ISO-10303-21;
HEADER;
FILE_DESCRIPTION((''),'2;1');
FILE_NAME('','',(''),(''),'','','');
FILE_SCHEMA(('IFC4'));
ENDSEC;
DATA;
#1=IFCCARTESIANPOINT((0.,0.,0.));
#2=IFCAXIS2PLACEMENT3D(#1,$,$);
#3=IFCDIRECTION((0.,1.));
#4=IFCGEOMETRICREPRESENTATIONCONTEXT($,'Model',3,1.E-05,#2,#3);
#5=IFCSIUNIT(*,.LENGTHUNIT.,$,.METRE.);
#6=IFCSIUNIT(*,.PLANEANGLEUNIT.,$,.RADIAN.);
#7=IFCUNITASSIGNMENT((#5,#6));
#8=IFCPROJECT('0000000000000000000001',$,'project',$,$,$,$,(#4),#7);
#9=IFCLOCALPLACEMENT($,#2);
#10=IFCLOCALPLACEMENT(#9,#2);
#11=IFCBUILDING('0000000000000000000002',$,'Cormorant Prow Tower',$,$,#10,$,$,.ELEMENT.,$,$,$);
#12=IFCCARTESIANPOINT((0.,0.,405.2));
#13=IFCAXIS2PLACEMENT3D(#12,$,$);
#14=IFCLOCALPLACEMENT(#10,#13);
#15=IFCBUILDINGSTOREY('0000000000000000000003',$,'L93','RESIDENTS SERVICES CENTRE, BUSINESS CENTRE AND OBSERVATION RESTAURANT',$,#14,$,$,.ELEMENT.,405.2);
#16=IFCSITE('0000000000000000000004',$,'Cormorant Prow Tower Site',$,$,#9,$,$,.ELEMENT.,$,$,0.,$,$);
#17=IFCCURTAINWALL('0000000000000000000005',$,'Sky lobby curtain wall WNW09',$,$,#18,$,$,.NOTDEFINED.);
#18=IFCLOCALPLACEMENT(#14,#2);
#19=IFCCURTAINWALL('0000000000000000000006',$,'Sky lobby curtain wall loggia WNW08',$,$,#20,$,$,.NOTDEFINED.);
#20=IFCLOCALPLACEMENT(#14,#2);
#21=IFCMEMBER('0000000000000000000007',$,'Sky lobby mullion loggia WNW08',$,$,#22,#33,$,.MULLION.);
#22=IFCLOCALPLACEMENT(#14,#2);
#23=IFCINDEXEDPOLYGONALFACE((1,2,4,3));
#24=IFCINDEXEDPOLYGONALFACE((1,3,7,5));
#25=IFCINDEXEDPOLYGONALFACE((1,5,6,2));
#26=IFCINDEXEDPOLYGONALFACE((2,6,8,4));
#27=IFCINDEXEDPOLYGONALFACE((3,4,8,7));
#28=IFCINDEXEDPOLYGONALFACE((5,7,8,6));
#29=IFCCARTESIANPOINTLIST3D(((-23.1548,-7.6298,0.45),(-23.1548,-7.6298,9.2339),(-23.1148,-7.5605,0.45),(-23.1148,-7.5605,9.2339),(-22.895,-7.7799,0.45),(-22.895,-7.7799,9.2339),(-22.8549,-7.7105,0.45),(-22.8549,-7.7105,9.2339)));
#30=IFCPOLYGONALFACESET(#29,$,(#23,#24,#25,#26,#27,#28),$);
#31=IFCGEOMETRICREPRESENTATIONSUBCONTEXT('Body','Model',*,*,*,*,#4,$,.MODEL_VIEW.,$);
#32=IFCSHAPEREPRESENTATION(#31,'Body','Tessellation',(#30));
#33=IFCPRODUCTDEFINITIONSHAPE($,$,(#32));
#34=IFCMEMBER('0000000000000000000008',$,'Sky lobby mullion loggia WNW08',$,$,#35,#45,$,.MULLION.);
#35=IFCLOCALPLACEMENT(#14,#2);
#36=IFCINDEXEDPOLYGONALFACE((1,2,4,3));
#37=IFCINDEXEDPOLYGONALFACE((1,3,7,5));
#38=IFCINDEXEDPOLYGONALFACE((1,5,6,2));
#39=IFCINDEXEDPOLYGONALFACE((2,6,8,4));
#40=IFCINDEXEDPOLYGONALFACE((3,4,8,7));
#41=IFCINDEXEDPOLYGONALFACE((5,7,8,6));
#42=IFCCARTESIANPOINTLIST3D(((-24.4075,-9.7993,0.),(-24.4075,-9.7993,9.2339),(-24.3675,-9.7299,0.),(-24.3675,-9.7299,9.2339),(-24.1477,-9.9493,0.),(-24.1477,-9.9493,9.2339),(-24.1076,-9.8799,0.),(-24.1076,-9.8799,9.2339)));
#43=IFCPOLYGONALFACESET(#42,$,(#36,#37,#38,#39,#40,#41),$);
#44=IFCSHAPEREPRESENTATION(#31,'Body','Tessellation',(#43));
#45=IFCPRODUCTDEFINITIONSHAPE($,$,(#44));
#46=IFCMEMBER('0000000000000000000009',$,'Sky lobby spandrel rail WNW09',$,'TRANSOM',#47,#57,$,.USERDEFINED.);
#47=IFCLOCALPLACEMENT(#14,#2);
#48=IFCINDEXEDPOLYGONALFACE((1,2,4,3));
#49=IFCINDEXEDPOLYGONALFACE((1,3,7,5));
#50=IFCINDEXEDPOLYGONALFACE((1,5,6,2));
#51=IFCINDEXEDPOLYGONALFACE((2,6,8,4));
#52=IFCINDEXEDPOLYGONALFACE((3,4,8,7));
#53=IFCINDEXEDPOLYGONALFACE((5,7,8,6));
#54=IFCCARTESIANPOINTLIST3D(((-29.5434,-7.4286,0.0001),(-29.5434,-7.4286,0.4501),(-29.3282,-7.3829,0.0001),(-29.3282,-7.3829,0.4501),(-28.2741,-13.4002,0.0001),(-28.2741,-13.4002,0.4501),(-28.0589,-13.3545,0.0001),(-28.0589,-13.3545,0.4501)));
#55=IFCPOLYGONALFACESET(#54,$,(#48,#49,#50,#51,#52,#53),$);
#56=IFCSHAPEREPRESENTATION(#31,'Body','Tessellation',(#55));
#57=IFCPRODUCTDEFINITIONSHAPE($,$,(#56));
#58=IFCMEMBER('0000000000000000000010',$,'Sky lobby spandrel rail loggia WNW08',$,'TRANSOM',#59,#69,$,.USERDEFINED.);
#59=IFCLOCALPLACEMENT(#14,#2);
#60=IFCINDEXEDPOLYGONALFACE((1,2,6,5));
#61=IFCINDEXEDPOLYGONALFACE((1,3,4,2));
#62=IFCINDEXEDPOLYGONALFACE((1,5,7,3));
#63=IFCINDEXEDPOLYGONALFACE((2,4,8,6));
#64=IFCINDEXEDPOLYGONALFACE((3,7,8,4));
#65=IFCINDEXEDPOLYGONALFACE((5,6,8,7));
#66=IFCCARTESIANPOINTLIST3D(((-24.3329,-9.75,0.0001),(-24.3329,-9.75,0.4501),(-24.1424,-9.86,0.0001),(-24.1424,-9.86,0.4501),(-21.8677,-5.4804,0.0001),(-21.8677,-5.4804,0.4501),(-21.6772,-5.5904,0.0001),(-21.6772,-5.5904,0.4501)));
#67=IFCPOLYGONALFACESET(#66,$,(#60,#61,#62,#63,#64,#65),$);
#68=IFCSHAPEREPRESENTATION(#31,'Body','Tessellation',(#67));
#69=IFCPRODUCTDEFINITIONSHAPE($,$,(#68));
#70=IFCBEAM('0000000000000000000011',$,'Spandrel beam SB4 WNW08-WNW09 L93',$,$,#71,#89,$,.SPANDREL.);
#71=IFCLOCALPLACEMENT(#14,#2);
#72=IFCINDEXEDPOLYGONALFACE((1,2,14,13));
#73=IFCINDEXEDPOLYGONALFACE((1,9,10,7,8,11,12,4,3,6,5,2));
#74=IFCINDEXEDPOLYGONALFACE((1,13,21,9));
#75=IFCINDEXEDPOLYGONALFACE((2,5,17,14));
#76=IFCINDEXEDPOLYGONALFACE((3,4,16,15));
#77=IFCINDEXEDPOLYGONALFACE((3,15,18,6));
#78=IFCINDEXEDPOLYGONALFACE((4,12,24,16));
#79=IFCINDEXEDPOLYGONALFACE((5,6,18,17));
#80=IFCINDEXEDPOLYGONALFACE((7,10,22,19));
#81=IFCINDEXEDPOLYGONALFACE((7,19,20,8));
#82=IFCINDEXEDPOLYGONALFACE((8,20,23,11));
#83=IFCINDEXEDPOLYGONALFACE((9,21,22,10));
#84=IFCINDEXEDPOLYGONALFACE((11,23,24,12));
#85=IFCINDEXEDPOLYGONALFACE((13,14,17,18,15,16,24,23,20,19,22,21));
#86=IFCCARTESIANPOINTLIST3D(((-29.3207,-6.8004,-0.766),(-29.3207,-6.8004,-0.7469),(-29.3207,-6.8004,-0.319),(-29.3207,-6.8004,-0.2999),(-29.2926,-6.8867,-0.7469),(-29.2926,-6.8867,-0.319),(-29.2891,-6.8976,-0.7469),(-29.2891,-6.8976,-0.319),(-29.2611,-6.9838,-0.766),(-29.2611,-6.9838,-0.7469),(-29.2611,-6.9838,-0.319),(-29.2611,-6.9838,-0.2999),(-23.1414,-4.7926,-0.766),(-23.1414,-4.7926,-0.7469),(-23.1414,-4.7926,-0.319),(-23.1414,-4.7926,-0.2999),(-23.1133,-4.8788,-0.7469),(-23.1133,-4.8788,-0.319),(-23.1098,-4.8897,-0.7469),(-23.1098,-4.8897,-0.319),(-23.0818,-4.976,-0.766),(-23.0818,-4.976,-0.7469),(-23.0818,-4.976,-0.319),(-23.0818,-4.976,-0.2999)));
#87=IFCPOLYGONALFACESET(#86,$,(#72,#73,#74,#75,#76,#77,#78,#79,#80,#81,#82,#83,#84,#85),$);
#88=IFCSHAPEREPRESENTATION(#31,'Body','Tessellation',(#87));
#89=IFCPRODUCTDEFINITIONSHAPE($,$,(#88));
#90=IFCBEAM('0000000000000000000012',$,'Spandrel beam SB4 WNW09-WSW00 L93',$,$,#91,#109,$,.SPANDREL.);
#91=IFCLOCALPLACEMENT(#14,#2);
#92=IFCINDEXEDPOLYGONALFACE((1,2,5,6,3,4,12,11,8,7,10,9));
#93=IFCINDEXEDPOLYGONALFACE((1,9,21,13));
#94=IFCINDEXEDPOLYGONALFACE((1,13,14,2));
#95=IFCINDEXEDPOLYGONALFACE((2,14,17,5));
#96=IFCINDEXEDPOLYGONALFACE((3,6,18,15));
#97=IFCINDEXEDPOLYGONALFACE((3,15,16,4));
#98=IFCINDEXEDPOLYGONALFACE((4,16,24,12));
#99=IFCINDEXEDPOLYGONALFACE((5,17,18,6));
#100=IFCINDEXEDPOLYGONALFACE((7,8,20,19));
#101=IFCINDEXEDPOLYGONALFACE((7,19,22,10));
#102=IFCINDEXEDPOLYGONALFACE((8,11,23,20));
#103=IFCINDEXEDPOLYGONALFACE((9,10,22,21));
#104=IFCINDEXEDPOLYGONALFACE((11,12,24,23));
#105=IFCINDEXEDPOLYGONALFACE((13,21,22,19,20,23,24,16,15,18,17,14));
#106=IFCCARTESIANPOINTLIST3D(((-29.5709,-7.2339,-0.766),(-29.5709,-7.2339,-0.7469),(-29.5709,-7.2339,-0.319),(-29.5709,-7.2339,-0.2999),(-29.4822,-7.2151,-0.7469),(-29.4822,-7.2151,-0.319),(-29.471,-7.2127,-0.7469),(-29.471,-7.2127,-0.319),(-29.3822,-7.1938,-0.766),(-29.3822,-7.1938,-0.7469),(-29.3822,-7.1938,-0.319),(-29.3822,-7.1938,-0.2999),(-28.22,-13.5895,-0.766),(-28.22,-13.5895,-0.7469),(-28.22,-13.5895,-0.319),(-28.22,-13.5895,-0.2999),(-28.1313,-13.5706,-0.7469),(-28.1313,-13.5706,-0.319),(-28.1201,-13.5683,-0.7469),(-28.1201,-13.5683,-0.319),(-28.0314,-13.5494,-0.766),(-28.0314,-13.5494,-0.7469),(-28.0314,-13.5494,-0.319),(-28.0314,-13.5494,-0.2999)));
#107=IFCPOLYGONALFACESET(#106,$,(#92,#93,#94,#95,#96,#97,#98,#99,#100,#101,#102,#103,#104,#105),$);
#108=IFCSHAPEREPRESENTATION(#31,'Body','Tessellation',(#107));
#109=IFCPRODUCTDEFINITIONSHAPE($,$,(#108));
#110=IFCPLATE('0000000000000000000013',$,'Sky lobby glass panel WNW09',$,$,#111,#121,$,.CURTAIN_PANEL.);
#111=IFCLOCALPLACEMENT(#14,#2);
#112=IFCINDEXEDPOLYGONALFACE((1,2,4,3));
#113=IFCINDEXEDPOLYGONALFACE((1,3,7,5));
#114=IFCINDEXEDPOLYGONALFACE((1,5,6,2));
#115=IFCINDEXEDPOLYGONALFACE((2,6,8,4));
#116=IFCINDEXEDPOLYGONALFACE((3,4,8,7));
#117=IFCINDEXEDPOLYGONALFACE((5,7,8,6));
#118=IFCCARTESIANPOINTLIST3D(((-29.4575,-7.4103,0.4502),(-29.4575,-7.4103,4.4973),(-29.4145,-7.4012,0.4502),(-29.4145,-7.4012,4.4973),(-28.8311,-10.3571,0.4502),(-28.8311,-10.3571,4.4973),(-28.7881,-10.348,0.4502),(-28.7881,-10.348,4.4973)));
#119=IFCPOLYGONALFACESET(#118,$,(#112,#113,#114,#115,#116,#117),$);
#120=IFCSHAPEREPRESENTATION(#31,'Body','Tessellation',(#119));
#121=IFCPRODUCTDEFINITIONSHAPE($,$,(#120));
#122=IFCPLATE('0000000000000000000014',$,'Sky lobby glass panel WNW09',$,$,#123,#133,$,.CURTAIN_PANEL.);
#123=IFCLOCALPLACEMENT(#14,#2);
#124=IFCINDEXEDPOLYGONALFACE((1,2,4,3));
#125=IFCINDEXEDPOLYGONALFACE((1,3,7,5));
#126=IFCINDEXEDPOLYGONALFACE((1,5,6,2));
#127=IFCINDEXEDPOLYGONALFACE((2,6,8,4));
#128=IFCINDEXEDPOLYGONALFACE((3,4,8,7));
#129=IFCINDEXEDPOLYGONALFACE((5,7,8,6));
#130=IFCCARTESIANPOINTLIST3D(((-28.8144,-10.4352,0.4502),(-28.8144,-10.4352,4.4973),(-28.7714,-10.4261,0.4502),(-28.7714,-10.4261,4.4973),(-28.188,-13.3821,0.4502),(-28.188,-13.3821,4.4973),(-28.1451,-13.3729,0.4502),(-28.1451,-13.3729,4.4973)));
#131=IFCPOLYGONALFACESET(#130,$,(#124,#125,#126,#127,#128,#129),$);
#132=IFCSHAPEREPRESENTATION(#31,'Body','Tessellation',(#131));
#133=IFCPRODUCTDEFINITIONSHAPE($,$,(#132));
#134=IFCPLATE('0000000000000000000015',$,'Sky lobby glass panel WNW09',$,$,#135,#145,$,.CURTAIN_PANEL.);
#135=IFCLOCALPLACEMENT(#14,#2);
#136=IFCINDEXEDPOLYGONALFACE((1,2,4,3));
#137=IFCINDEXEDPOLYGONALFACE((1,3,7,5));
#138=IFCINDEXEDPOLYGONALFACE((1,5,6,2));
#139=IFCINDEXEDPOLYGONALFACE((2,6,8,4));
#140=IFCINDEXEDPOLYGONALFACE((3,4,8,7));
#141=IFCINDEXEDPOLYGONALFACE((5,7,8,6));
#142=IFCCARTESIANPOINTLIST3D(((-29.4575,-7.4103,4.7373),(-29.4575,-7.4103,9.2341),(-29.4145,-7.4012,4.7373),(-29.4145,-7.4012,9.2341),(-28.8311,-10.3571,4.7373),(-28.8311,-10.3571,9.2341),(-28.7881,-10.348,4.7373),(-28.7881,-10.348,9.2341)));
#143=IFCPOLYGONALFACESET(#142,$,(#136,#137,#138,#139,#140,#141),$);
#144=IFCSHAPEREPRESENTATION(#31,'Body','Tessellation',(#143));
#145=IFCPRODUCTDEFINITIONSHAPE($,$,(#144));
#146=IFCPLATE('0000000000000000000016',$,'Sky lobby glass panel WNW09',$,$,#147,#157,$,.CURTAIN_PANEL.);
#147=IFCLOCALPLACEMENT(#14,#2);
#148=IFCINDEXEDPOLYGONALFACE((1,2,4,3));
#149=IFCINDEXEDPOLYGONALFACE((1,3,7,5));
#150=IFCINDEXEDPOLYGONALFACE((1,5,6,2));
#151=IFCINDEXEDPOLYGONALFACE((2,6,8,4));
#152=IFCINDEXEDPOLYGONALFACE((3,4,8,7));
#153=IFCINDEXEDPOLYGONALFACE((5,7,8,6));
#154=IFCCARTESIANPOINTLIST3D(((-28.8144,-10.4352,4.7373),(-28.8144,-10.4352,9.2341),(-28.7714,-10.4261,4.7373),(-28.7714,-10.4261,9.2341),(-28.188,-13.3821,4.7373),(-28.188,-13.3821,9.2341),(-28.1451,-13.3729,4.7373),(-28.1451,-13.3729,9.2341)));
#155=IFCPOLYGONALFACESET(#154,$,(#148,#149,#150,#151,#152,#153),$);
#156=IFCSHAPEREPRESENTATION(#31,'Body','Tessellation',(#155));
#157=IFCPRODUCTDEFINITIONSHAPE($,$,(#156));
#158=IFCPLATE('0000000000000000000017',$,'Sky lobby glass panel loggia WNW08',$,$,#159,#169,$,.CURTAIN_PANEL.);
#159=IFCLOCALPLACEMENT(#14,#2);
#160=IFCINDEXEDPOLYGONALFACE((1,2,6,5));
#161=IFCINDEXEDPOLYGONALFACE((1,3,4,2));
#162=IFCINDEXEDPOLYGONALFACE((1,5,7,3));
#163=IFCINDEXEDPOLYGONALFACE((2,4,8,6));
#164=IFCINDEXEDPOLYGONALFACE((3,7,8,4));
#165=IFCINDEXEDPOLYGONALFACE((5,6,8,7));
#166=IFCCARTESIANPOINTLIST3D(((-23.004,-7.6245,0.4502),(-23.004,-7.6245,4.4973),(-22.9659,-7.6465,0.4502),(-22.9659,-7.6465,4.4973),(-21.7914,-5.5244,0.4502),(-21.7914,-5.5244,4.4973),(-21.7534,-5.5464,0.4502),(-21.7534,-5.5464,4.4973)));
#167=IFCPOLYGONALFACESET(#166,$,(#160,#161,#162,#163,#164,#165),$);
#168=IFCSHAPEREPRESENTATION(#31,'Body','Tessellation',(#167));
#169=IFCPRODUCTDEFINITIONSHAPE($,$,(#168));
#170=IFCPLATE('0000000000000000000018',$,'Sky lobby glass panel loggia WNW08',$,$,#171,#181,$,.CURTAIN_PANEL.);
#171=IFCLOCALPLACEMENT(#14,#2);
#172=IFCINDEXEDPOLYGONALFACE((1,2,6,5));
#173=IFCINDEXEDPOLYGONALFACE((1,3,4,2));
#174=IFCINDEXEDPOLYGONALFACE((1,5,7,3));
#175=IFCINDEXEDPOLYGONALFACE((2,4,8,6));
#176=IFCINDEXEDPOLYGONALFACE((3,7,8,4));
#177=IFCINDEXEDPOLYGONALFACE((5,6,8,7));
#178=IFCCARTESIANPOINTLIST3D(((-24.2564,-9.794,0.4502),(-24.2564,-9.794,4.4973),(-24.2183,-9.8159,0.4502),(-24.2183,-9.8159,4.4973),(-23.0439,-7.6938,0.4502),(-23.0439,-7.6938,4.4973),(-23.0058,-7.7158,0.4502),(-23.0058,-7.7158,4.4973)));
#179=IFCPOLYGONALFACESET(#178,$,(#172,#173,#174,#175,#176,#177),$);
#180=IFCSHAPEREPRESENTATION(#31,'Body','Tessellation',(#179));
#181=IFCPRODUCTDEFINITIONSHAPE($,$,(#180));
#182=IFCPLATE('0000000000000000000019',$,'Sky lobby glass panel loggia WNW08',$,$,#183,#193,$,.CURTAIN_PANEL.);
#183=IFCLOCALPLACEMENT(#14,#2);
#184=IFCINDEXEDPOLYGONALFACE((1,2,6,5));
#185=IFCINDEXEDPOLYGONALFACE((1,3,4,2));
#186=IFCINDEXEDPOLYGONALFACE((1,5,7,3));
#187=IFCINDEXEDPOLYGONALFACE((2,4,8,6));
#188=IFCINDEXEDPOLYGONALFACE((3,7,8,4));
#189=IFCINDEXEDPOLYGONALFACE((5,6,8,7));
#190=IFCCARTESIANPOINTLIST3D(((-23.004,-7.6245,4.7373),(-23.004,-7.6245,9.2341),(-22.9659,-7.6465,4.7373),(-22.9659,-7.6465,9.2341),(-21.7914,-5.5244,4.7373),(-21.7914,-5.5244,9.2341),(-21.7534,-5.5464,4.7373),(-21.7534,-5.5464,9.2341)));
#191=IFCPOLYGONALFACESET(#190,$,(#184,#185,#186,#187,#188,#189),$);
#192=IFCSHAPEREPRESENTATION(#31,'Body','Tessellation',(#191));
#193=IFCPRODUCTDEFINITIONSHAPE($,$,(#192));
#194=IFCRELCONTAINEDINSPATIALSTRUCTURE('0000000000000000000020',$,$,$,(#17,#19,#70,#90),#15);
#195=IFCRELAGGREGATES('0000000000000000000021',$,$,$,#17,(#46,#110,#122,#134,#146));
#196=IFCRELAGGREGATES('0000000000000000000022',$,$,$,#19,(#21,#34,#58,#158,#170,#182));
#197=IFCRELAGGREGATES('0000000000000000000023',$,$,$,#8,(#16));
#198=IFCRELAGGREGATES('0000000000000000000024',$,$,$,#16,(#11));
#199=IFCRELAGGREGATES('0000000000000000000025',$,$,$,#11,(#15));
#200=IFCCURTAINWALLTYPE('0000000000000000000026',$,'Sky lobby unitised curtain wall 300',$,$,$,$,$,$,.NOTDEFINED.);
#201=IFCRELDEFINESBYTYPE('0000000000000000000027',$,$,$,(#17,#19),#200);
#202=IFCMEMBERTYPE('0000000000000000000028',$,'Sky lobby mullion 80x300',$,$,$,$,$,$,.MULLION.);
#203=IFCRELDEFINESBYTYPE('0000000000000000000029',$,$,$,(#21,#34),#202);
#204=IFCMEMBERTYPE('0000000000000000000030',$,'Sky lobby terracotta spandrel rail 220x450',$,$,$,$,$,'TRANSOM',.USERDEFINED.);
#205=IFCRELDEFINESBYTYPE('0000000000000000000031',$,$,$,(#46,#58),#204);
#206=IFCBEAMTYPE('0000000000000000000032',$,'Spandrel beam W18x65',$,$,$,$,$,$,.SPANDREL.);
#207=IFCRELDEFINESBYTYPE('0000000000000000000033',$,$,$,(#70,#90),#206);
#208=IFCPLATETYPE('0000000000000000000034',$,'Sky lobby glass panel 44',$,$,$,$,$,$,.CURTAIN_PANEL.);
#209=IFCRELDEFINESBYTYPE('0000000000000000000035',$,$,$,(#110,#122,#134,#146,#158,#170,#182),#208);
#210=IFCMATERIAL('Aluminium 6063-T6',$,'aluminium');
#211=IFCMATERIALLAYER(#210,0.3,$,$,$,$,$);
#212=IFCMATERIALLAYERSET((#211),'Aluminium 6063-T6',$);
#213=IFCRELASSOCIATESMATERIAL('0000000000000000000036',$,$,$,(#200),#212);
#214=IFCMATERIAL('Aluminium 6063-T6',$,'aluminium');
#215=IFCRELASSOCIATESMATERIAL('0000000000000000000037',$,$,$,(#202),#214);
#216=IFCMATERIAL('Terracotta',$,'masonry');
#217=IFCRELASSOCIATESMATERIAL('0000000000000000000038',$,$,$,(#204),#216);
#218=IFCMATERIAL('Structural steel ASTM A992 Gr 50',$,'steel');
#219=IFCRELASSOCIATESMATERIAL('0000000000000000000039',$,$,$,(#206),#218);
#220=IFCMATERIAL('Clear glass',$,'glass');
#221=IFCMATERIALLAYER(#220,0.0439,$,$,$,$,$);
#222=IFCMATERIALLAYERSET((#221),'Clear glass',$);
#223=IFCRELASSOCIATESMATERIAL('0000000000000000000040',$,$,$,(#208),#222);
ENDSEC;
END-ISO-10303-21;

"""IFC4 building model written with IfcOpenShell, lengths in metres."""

from ifc_helpers import new_model, si_unit, direction, frame, origin, origin_2d, place, context, subcontext, project, spatial, rectangle, i_section, extrude, material, layer, layer_set, material_profile, profile_set, type_object, element, aggregate, save


model = new_model("IFC4")

# Units and contexts
model_context = context("Model", 3, precision=1e-05, world=origin(), true_north=direction((0.0, 1.0)))
body_context = subcontext(model_context, "Body", "Model", "MODEL_VIEW")
ifc_project = project(units=[si_unit("LENGTHUNIT", "METRE"), si_unit("PLANEANGLEUNIT", "RADIAN")], contexts=[model_context])

# Site, building, storey
site_placement = place(None, origin())
site = spatial("IfcSite", under=ifc_project, at=site_placement, Name="Cormorant Prow Tower Site", CompositionType="ELEMENT", RefElevation=0.0)
building_placement = place(site_placement, origin())
building = spatial("IfcBuilding", under=site, at=building_placement, Name="Cormorant Prow Tower", CompositionType="ELEMENT")
storey_placement = place(building_placement, frame((0.0, 0.0, 405.2)))
storey = spatial("IfcBuildingStorey", under=building, at=storey_placement, Name="L93", Description="RESIDENTS SERVICES CENTRE, BUSINESS CENTRE AND OBSERVATION RESTAURANT", CompositionType="ELEMENT", Elevation=405.2)

# Curtain walls
ifc_material_1 = material(Name="Aluminium 6063-T6", Category="aluminium")
ifc_layer_1 = layer(ifc_material_1, 0.3)
ifc_layer_set_1 = layer_set([ifc_layer_1], Name="Aluminium 6063-T6")
curtain_wall_type = type_object("IfcCurtainWallType", Name="Sky lobby unitised curtain wall 300", PredefinedType="NOTDEFINED", material=ifc_layer_set_1)
curtain_wall_1_placement = place(storey_placement, origin())
curtain_wall_1 = element("IfcCurtainWall", 1, at=curtain_wall_1_placement, inside=storey, type_object=curtain_wall_type, Name="Sky lobby curtain wall WNW09", PredefinedType="NOTDEFINED")
curtain_wall_2_placement = place(storey_placement, origin())
curtain_wall_2 = element("IfcCurtainWall", 2, at=curtain_wall_2_placement, inside=storey, type_object=curtain_wall_type, Name="Sky lobby curtain wall loggia WNW08", PredefinedType="NOTDEFINED")

# Members
ifc_material_2 = material(Name="Aluminium 6063-T6", Category="aluminium")
ifc_material_profile_1 = material_profile(ifc_material_2, rectangle(XDim=0.3, YDim=0.0801, at=origin_2d()), Name="Sky lobby mullion 80x300")
ifc_profile_set_1 = profile_set([ifc_material_profile_1], Name="Aluminium 6063-T6")
member_type_1 = type_object("IfcMemberType", Name="Sky lobby mullion 80x300", PredefinedType="MULLION", material=ifc_profile_set_1)
member_1_placement = place(storey_placement, frame((-23.0049, -7.6702, 0.45), z_axis=(0.0, 0.0, 1.0), x_axis=(0.866025, -0.5, 0.0)))
member_1 = element("IfcMember", 3, at=member_1_placement, type_object=member_type_1, Name="Sky lobby mullion loggia WNW08", PredefinedType="MULLION", context=body_context, shape_type="SweptSolid", body=[
    extrude(rectangle(XDim=0.3, YDim=0.0801, at=origin_2d()), origin(), (0.0, 0.0, 1.0), 8.7839),
])
member_2_placement = place(storey_placement, frame((-24.2576, -9.8396, 0.0), z_axis=(0.0, 0.0, 1.0), x_axis=(0.866025, -0.5, 0.0)))
member_2 = element("IfcMember", 4, at=member_2_placement, type_object=member_type_1, Name="Sky lobby mullion loggia WNW08", PredefinedType="MULLION", context=body_context, shape_type="SweptSolid", body=[
    extrude(rectangle(XDim=0.3, YDim=0.0801, at=origin_2d()), origin(), (0.0, 0.0, 1.0), 9.2339),
])
ifc_material_3 = material(Name="Terracotta", Category="masonry")
ifc_material_profile_2 = material_profile(ifc_material_3, rectangle(XDim=0.22, YDim=0.45, at=origin_2d()), Name="Sky lobby terracotta spandrel rail 220x450")
ifc_profile_set_2 = profile_set([ifc_material_profile_2], Name="Terracotta")
member_type_2 = type_object("IfcMemberType", Name="Sky lobby terracotta spandrel rail 220x450", ElementType="TRANSOM", PredefinedType="USERDEFINED", material=ifc_profile_set_2)
member_3_placement = place(storey_placement, frame((-29.4358, -7.4058, 0.2251), z_axis=(0.207907, -0.978149, 0.0), x_axis=(0.978149, 0.207907, 0.0)))
member_3 = element("IfcMember", 5, at=member_3_placement, type_object=member_type_2, Name="Sky lobby spandrel rail WNW09", ObjectType="TRANSOM", PredefinedType="USERDEFINED", context=body_context, shape_type="SweptSolid", body=[
    extrude(rectangle(XDim=0.22, YDim=0.45, at=origin_2d()), origin(), (0.0, 0.0, 1.0), 6.105),
])
member_4_placement = place(storey_placement, frame((-21.7725, -5.5354, 0.2251), z_axis=(-0.500011, -0.866019, 0.0), x_axis=(0.866019, -0.500011, 0.0)))
member_4 = element("IfcMember", 6, at=member_4_placement, type_object=member_type_2, Name="Sky lobby spandrel rail loggia WNW08", ObjectType="TRANSOM", PredefinedType="USERDEFINED", context=body_context, shape_type="SweptSolid", body=[
    extrude(rectangle(XDim=0.22, YDim=0.45, at=origin_2d()), origin(), (0.0, 0.0, 1.0), 4.9302),
])

# Beams
ifc_material_4 = material(Name="Structural steel ASTM A992 Gr 50", Category="steel")
ifc_material_profile_3 = material_profile(ifc_material_4, i_section(OverallWidth=0.1929, OverallDepth=0.4661, WebThickness=0.0115, FlangeThickness=0.019, at=origin_2d()), Name="W18x65")
ifc_profile_set_3 = profile_set([ifc_material_profile_3], Name="Structural steel ASTM A992 Gr 50")
beam_type_1 = type_object("IfcBeamType", Name="Spandrel beam W18x65", PredefinedType="SPANDREL", material=ifc_profile_set_3)
beam_1_placement = place(storey_placement, frame((-23.1116, -4.8843, -0.533), z_axis=(-0.951053, -0.309027, 0.0), x_axis=(0.309027, -0.951053, 0.0)))
element("IfcBeam", 7, at=beam_1_placement, inside=storey, type_object=beam_type_1, Name="Spandrel beam SB4 WNW08-WNW09 L93", PredefinedType="SPANDREL", context=body_context, shape_type="SweptSolid", body=[
    extrude(i_section(OverallWidth=0.1929, OverallDepth=0.4661, WebThickness=0.0115, FlangeThickness=0.019, at=origin_2d()), origin(), (0.0, 0.0, 1.0), 6.4973),
])
beam_2_placement = place(storey_placement, frame((-29.4766, -7.2139, -0.533), z_axis=(0.207902, -0.97815, 0.0), x_axis=(0.97815, 0.207902, 0.0)))
element("IfcBeam", 8, at=beam_2_placement, inside=storey, type_object=beam_type_1, Name="Spandrel beam SB4 WNW09-WSW00 L93", PredefinedType="SPANDREL", context=body_context, shape_type="SweptSolid", body=[
    extrude(i_section(OverallWidth=0.1929, OverallDepth=0.4661, WebThickness=0.0115, FlangeThickness=0.019, at=origin_2d()), origin(), (0.0, 0.0, 1.0), 6.4976),
])

# Plates
ifc_material_5 = material(Name="Clear glass", Category="glass")
ifc_layer_2 = layer(ifc_material_5, 0.0439)
ifc_layer_set_2 = layer_set([ifc_layer_2], Name="Clear glass")
plate_type = type_object("IfcPlateType", Name="Sky lobby glass panel 44", PredefinedType="CURTAIN_PANEL", material=ifc_layer_set_2)
plate_1_placement = place(storey_placement, frame((-29.1228, -8.8792, 0.4502), z_axis=(0.0, 0.0, 1.0), x_axis=(0.207912, -0.978148, 0.0)))
plate_1 = element("IfcPlate", 9, at=plate_1_placement, type_object=plate_type, Name="Sky lobby glass panel WNW09", PredefinedType="CURTAIN_PANEL", context=body_context, shape_type="SweptSolid", body=[
    extrude(rectangle(XDim=3.0127, YDim=0.0439, at=origin_2d()), origin(), (0.0, 0.0, 1.0), 4.0471),
])
plate_2_placement = place(storey_placement, frame((-28.4797, -11.9041, 0.4502), z_axis=(0.0, 0.0, 1.0), x_axis=(0.207912, -0.978148, 0.0)))
plate_2 = element("IfcPlate", 10, at=plate_2_placement, type_object=plate_type, Name="Sky lobby glass panel WNW09", PredefinedType="CURTAIN_PANEL", context=body_context, shape_type="SweptSolid", body=[
    extrude(rectangle(XDim=3.0127, YDim=0.0439, at=origin_2d()), origin(), (0.0, 0.0, 1.0), 4.0471),
])
plate_3_placement = place(storey_placement, frame((-29.1228, -8.8792, 4.7373), z_axis=(0.0, 0.0, 1.0), x_axis=(0.207912, -0.978148, 0.0)))
plate_3 = element("IfcPlate", 11, at=plate_3_placement, type_object=plate_type, Name="Sky lobby glass panel WNW09", PredefinedType="CURTAIN_PANEL", context=body_context, shape_type="SweptSolid", body=[
    extrude(rectangle(XDim=3.0127, YDim=0.0439, at=origin_2d()), origin(), (0.0, 0.0, 1.0), 4.4968),
])
plate_4_placement = place(storey_placement, frame((-28.4797, -11.9041, 4.7373), z_axis=(0.0, 0.0, 1.0), x_axis=(0.207912, -0.978148, 0.0)))
plate_4 = element("IfcPlate", 12, at=plate_4_placement, type_object=plate_type, Name="Sky lobby glass panel WNW09", PredefinedType="CURTAIN_PANEL", context=body_context, shape_type="SweptSolid", body=[
    extrude(rectangle(XDim=3.0127, YDim=0.0439, at=origin_2d()), origin(), (0.0, 0.0, 1.0), 4.4968),
])
aggregate(curtain_wall_1, [member_3, plate_1, plate_2, plate_3, plate_4])
plate_5_placement = place(storey_placement, frame((-22.3787, -6.5854, 0.4502), z_axis=(0.0, 0.0, 1.0), x_axis=(-0.5, -0.866025, 0.0)))
plate_5 = element("IfcPlate", 13, at=plate_5_placement, type_object=plate_type, Name="Sky lobby glass panel loggia WNW08", PredefinedType="CURTAIN_PANEL", context=body_context, shape_type="SweptSolid", body=[
    extrude(rectangle(XDim=2.425, YDim=0.0439, at=origin_2d()), origin(), (0.0, 0.0, 1.0), 4.0471),
])
plate_6_placement = place(storey_placement, frame((-23.6311, -8.7549, 0.4502), z_axis=(0.0, 0.0, 1.0), x_axis=(-0.5, -0.866025, 0.0)))
plate_6 = element("IfcPlate", 14, at=plate_6_placement, type_object=plate_type, Name="Sky lobby glass panel loggia WNW08", PredefinedType="CURTAIN_PANEL", context=body_context, shape_type="SweptSolid", body=[
    extrude(rectangle(XDim=2.425, YDim=0.0439, at=origin_2d()), origin(), (0.0, 0.0, 1.0), 4.0471),
])
plate_7_placement = place(storey_placement, frame((-22.3787, -6.5854, 4.7373), z_axis=(0.0, 0.0, 1.0), x_axis=(-0.5, -0.866025, 0.0)))
plate_7 = element("IfcPlate", 15, at=plate_7_placement, type_object=plate_type, Name="Sky lobby glass panel loggia WNW08", PredefinedType="CURTAIN_PANEL", context=body_context, shape_type="SweptSolid", body=[
    extrude(rectangle(XDim=2.425, YDim=0.0439, at=origin_2d()), origin(), (0.0, 0.0, 1.0), 4.4968),
])
aggregate(curtain_wall_2, [member_1, member_2, member_4, plate_5, plate_6, plate_7])

save(model, "model.ifc")
